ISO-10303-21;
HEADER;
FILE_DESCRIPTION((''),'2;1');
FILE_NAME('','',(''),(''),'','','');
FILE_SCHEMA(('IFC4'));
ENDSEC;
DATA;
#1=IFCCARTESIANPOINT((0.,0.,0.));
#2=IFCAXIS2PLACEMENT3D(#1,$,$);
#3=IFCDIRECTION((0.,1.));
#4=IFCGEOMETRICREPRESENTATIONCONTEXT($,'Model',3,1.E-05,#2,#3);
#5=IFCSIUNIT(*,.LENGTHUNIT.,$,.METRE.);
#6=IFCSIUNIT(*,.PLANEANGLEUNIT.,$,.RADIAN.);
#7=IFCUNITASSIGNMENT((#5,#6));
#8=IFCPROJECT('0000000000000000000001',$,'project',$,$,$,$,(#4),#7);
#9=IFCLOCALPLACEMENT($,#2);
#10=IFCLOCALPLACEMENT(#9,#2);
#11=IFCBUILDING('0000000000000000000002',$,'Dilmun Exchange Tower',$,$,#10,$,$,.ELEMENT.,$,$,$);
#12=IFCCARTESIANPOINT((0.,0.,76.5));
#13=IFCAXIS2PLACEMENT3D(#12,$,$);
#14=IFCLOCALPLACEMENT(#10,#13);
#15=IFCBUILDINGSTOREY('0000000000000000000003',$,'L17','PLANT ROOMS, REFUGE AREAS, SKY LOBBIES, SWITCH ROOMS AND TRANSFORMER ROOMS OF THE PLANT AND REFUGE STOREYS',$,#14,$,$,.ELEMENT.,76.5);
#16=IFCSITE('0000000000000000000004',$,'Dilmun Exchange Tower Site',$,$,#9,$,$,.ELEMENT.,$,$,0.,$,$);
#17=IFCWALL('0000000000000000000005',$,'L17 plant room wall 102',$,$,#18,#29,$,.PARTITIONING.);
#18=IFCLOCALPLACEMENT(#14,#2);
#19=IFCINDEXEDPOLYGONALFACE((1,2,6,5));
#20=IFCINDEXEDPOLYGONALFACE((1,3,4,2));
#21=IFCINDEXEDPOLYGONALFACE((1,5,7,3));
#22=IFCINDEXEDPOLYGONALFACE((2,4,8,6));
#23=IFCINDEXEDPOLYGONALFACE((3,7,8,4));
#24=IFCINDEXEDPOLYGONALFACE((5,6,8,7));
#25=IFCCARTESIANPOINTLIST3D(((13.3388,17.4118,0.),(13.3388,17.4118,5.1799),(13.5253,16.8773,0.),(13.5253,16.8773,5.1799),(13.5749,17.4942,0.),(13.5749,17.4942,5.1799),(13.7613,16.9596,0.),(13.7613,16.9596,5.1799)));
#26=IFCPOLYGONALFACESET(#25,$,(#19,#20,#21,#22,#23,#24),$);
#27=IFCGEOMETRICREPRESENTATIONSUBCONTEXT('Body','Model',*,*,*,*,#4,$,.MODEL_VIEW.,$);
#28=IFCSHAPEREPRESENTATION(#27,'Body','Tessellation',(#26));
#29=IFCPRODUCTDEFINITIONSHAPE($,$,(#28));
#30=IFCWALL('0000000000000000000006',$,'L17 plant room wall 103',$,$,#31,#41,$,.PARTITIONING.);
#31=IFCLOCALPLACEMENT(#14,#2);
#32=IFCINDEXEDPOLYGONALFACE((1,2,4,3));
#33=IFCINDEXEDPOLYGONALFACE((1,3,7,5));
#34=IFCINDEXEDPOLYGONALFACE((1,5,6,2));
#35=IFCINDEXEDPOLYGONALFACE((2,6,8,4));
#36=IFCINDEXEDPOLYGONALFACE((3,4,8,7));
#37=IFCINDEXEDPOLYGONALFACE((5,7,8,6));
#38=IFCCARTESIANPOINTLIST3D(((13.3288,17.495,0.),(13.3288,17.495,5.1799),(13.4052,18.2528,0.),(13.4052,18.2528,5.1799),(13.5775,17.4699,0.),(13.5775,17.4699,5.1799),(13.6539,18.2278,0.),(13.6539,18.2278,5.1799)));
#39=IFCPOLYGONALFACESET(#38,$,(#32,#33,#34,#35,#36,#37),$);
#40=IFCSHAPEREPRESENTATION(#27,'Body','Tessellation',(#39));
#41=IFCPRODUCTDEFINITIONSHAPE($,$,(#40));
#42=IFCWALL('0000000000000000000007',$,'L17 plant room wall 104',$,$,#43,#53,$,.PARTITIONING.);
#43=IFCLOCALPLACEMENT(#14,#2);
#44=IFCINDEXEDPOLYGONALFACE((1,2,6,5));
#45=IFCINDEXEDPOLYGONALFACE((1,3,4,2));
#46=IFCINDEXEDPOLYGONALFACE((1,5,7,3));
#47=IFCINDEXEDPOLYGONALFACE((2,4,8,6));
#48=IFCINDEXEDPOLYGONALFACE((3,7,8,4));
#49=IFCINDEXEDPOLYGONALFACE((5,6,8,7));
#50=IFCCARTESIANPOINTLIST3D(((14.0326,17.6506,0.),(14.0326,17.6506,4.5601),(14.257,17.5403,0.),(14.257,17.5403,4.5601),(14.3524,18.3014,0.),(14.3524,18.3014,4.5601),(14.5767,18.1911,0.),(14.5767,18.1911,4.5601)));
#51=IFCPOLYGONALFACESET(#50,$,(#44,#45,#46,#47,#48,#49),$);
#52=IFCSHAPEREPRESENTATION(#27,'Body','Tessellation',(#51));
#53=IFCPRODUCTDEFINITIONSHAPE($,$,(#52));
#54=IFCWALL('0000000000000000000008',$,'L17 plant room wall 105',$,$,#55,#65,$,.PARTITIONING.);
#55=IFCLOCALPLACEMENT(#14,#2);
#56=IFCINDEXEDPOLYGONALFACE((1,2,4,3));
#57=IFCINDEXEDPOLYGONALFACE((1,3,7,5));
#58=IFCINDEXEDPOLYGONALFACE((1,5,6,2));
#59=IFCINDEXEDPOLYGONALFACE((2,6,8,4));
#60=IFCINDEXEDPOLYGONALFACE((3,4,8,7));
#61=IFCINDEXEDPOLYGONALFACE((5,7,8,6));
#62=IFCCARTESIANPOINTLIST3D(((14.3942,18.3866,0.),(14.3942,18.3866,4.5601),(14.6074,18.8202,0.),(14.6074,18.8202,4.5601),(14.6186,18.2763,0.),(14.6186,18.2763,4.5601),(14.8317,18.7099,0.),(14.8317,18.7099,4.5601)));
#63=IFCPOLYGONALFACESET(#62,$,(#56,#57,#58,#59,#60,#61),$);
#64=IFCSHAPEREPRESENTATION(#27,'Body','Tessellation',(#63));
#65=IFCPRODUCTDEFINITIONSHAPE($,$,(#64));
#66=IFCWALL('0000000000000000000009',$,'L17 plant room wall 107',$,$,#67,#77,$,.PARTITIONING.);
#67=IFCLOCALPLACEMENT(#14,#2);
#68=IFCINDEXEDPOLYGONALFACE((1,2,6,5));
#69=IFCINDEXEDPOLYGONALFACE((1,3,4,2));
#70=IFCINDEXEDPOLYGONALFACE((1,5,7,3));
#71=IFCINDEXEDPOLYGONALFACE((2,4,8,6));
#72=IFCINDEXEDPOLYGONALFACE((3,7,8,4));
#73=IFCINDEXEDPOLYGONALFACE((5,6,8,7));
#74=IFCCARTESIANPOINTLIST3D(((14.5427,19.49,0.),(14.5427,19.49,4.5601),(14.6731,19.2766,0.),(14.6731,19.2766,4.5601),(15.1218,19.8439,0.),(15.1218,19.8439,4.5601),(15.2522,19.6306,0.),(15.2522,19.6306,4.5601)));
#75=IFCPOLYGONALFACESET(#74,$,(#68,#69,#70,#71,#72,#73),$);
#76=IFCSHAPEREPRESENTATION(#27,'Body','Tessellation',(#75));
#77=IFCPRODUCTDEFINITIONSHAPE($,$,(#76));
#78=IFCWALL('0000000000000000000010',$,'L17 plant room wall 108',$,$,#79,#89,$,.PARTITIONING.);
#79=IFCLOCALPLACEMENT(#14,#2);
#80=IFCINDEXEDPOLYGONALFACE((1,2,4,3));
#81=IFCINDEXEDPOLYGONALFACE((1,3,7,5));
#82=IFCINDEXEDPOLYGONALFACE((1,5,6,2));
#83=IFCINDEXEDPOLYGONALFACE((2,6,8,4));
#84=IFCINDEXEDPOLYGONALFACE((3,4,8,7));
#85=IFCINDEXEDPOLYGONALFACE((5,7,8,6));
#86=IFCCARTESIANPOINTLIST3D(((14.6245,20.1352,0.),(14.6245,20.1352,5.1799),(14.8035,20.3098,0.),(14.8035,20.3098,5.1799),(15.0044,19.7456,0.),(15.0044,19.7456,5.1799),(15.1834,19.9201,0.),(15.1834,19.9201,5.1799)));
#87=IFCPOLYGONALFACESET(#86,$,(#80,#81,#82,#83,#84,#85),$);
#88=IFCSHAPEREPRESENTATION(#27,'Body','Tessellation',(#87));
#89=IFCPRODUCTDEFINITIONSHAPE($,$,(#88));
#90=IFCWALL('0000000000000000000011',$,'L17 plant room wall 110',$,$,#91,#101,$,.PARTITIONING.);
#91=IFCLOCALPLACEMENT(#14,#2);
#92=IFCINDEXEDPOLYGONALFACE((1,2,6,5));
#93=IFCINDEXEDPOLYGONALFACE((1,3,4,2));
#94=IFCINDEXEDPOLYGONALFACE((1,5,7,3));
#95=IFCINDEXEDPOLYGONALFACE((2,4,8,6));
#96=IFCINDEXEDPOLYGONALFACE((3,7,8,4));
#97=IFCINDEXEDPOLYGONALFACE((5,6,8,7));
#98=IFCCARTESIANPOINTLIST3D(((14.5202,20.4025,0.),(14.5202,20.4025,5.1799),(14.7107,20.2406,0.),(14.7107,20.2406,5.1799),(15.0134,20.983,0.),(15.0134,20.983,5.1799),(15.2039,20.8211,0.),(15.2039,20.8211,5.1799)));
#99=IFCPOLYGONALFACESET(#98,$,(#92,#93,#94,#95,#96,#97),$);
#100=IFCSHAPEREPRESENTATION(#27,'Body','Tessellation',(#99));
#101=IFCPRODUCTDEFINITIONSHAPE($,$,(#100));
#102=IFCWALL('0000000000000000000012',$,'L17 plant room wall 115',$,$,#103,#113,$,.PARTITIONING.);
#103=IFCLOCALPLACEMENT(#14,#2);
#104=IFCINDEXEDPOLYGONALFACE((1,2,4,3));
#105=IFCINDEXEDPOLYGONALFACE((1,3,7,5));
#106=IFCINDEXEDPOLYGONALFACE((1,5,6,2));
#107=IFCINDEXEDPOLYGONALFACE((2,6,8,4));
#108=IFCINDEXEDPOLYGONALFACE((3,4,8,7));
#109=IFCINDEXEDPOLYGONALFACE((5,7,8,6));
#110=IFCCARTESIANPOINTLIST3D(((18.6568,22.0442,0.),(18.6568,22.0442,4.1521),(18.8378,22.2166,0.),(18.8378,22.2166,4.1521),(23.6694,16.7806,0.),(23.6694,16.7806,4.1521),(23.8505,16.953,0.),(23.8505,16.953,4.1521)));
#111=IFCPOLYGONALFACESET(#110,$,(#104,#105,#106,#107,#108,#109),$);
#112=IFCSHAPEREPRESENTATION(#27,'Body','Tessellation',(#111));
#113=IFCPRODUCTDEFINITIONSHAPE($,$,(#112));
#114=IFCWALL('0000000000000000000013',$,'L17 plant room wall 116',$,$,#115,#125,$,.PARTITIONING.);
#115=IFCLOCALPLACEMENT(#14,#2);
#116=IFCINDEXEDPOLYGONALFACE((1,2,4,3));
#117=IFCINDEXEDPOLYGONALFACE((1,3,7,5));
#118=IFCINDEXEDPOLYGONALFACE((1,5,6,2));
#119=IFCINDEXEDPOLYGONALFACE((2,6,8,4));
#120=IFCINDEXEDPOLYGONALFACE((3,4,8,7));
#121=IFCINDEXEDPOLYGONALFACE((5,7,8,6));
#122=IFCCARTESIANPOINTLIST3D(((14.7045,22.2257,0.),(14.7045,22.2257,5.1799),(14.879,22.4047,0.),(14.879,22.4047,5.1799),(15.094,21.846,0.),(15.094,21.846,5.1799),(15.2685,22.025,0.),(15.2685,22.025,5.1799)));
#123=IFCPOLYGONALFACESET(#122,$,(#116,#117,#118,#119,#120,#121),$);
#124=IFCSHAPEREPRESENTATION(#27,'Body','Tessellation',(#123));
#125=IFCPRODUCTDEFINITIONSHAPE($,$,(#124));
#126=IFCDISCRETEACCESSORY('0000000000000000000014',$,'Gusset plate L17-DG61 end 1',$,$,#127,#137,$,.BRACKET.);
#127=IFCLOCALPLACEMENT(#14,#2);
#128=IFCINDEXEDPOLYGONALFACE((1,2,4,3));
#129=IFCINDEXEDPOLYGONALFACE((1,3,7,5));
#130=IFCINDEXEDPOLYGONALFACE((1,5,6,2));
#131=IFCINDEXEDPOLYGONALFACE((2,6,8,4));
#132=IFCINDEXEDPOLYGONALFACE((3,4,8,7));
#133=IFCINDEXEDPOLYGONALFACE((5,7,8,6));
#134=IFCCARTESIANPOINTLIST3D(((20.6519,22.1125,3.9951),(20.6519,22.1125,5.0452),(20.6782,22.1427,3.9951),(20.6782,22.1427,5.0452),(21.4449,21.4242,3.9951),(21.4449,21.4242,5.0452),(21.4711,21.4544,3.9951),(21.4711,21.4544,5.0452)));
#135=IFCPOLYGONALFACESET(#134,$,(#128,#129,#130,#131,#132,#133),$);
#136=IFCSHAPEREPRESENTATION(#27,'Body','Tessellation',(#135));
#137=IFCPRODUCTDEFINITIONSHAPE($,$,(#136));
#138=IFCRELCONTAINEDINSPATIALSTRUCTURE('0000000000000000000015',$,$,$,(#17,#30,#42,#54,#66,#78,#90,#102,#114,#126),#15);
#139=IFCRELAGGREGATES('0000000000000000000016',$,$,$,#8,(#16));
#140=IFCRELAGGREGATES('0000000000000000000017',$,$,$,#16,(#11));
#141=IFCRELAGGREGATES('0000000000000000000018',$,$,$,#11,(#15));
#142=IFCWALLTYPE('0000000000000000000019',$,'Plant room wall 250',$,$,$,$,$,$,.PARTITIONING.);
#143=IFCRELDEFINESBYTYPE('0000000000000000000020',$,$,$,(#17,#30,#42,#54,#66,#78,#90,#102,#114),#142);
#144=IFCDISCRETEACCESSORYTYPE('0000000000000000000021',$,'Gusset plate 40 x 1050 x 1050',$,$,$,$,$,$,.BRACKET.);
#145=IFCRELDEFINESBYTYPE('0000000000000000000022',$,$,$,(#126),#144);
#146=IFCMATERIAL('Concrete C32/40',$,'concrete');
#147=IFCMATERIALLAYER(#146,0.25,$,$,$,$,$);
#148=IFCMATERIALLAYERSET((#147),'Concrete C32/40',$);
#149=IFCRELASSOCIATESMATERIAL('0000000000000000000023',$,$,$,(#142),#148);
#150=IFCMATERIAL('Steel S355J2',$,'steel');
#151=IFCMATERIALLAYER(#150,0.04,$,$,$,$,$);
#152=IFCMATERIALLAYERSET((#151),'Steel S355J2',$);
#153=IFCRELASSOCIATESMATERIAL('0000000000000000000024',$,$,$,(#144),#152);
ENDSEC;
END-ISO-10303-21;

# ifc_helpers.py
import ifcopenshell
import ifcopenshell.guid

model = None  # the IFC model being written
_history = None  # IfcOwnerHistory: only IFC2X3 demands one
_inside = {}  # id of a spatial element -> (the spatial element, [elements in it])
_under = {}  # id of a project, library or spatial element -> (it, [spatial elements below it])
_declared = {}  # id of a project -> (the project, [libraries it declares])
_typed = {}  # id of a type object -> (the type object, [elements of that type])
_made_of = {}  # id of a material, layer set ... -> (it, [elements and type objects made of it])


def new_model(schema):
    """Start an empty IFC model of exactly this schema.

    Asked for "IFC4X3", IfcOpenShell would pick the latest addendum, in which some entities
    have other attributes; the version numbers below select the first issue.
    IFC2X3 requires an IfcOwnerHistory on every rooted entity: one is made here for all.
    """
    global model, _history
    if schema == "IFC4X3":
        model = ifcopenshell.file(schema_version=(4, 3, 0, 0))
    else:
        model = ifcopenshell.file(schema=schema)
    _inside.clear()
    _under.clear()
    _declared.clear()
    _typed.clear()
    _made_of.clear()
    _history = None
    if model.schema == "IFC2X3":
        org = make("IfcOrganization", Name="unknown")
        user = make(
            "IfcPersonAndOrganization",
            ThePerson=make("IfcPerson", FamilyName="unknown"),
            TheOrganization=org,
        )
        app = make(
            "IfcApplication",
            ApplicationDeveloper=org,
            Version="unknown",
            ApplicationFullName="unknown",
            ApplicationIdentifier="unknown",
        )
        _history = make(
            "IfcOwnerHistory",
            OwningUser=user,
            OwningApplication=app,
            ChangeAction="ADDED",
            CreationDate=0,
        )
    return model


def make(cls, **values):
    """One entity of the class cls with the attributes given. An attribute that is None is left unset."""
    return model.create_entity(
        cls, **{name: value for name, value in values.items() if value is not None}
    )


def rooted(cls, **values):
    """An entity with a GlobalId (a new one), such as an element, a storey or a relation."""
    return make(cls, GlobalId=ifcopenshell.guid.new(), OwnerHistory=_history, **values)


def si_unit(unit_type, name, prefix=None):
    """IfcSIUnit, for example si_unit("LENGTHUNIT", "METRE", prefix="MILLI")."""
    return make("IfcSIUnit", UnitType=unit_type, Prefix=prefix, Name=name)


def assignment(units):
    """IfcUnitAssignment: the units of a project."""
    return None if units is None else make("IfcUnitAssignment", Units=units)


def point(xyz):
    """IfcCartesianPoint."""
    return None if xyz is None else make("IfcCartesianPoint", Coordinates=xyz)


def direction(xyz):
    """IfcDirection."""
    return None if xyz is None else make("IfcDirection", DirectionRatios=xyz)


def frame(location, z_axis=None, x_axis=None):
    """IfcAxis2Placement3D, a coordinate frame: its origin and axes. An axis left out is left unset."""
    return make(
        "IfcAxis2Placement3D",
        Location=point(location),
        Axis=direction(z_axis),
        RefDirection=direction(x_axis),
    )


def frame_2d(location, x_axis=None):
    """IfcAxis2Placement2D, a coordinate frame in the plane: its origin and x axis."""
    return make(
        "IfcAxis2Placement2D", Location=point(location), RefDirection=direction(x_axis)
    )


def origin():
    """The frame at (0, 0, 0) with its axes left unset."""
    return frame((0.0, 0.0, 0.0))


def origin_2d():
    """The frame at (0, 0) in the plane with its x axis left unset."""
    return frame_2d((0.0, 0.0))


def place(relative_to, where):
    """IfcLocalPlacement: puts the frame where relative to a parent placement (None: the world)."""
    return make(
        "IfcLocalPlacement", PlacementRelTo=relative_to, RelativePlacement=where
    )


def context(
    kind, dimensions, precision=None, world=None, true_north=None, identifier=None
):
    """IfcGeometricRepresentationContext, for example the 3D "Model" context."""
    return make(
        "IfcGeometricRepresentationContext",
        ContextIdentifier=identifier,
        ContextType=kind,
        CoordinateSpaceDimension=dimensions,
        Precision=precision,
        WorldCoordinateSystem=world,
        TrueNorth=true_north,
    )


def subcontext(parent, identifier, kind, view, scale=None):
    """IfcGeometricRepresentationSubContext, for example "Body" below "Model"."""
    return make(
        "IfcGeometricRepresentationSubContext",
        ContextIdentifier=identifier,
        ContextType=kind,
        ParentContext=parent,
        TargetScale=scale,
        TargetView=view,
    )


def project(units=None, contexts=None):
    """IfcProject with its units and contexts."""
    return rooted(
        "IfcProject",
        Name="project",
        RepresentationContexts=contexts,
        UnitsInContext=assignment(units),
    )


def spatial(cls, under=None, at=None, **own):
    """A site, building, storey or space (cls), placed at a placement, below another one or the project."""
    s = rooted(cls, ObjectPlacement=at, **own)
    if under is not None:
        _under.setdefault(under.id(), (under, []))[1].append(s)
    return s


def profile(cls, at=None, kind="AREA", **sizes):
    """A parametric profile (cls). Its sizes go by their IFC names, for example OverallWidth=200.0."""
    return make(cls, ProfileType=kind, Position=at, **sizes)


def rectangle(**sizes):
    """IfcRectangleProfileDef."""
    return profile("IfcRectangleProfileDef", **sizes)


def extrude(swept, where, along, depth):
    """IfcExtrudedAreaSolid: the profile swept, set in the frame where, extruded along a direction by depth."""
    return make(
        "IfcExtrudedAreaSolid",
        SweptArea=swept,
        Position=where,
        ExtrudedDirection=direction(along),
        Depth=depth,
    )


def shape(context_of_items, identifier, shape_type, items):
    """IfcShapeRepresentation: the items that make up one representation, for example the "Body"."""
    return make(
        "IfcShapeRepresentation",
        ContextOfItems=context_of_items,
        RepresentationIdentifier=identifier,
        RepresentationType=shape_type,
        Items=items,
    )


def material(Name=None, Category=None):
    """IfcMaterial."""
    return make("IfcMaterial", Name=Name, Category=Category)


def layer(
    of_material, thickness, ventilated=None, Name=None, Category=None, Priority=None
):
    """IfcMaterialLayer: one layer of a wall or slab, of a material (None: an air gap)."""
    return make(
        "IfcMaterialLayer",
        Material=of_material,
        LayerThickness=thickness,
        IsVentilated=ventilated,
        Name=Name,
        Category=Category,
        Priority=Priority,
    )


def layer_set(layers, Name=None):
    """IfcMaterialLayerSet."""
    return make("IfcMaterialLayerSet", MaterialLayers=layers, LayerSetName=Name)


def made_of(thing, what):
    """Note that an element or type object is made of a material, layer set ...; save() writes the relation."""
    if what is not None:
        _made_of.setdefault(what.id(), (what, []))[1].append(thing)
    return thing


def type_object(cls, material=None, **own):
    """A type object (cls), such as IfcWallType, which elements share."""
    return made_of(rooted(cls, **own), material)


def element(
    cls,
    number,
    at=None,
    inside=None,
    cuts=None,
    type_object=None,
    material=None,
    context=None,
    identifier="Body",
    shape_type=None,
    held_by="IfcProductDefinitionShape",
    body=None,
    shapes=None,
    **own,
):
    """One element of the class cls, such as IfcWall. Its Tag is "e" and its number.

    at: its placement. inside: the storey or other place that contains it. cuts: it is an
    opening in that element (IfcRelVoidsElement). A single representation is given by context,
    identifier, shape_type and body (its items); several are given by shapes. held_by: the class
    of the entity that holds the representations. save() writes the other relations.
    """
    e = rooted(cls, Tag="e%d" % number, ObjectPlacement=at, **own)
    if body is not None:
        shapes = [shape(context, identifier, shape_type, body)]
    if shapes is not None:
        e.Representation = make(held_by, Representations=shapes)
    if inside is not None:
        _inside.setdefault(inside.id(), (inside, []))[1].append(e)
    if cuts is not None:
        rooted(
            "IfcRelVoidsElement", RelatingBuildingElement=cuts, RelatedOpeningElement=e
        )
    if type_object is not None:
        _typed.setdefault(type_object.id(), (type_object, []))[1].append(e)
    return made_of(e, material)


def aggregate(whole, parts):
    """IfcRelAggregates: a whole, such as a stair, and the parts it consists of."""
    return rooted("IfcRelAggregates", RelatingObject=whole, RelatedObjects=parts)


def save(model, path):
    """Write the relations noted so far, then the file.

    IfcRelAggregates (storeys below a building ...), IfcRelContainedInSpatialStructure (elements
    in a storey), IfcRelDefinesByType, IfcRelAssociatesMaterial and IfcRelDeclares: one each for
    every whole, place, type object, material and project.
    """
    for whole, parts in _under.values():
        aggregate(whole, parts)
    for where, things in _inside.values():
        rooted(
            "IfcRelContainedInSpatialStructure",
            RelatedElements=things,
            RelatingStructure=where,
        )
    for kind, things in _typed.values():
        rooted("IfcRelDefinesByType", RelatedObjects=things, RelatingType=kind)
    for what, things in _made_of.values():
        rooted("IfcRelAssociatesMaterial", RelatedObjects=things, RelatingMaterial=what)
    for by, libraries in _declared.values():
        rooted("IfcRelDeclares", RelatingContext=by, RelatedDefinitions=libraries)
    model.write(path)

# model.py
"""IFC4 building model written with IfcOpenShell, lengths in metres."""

from ifc_helpers import new_model, si_unit, direction, frame, frame_2d, origin, origin_2d, place, context, subcontext, project, spatial, rectangle, extrude, material, layer, layer_set, type_object, element, save


model = new_model("IFC4")

# Units and contexts
model_context = context("Model", 3, precision=1e-05, world=origin(), true_north=direction((0.0, 1.0)))
body_context = subcontext(model_context, "Body", "Model", "MODEL_VIEW")
ifc_project = project(units=[si_unit("LENGTHUNIT", "METRE"), si_unit("PLANEANGLEUNIT", "RADIAN")], contexts=[model_context])

# Site, building, storey
site_placement = place(None, origin())
site = spatial("IfcSite", under=ifc_project, at=site_placement, Name="Dilmun Exchange Tower Site", CompositionType="ELEMENT", RefElevation=0.0)
building_placement = place(site_placement, origin())
building = spatial("IfcBuilding", under=site, at=building_placement, Name="Dilmun Exchange Tower", CompositionType="ELEMENT")
storey_placement = place(building_placement, frame((0.0, 0.0, 76.5)))
storey = spatial("IfcBuildingStorey", under=building, at=storey_placement, Name="L17", Description="PLANT ROOMS, REFUGE AREAS, SKY LOBBIES, SWITCH ROOMS AND TRANSFORMER ROOMS OF THE PLANT AND REFUGE STOREYS", CompositionType="ELEMENT", Elevation=76.5)

# Walls
ifc_material_1 = material(Name="Concrete C32/40", Category="concrete")
ifc_layer_1 = layer(ifc_material_1, 0.25)
ifc_layer_set_1 = layer_set([ifc_layer_1], Name="Concrete C32/40")
wall_type = type_object("IfcWallType", Name="Plant room wall 250", PredefinedType="PARTITIONING", material=ifc_layer_set_1)
wall_1_placement = place(storey_placement, frame((13.4568, 17.4531, 0.0), z_axis=(0.0, 0.0, 1.0), x_axis=(0.32939, -0.944194, 0.0)))
element("IfcWall", 1, at=wall_1_placement, inside=storey, type_object=wall_type, Name="L17 plant room wall 102", PredefinedType="PARTITIONING", context=body_context, shape_type="SweptSolid", body=[
    extrude(rectangle(XDim=0.5662, YDim=0.25, at=frame_2d((0.2832, 0.0))), origin(), (0.0, 0.0, 1.0), 5.1799),
])
wall_2_placement = place(storey_placement, frame((13.4531, 17.4824, 0.0), z_axis=(0.0, 0.0, 1.0), x_axis=(0.100329, 0.994954, 0.0)))
element("IfcWall", 2, at=wall_2_placement, inside=storey, type_object=wall_type, Name="L17 plant room wall 103", PredefinedType="PARTITIONING", context=body_context, shape_type="SweptSolid", body=[
    extrude(rectangle(XDim=0.7617, YDim=0.25, at=frame_2d((0.3809, 0.0))), origin(), (0.0, 0.0, 1.0), 5.1799),
])
wall_3_placement = place(storey_placement, frame((14.1448, 17.5955, 0.0), z_axis=(0.0, 0.0, 1.0), x_axis=(0.441009, 0.897503, 0.0)))
element("IfcWall", 3, at=wall_3_placement, inside=storey, type_object=wall_type, Name="L17 plant room wall 104", PredefinedType="PARTITIONING", context=body_context, shape_type="SweptSolid", body=[
    extrude(rectangle(XDim=0.7251, YDim=0.25, at=frame_2d((0.3625, 0.0))), origin(), (0.0, 0.0, 1.0), 4.5601),
])
wall_4_placement = place(storey_placement, frame((14.5063, 18.3313, 0.0), z_axis=(0.0, 0.0, 1.0), x_axis=(0.44114, 0.897439, 0.0)))
element("IfcWall", 4, at=wall_4_placement, inside=storey, type_object=wall_type, Name="L17 plant room wall 105", PredefinedType="PARTITIONING", context=body_context, shape_type="SweptSolid", body=[
    extrude(rectangle(XDim=0.4832, YDim=0.25, at=frame_2d((0.2417, 0.0))), origin(), (0.0, 0.0, 1.0), 4.5601),
])
wall_5_placement = place(storey_placement, frame((14.6079, 19.3833, 0.0), z_axis=(0.0, 0.0, 1.0), x_axis=(0.853211, 0.521566, 0.0)))
element("IfcWall", 5, at=wall_5_placement, inside=storey, type_object=wall_type, Name="L17 plant room wall 107", PredefinedType="PARTITIONING", context=body_context, shape_type="SweptSolid", body=[
    extrude(rectangle(XDim=0.6787, YDim=0.25, at=frame_2d((0.3394, 0.0))), origin(), (0.0, 0.0, 1.0), 4.5601),
])
wall_6_placement = place(storey_placement, frame((14.7141, 20.2224, 0.0), z_axis=(0.0, 0.0, 1.0), x_axis=(0.698077, -0.716023, 0.0)))
element("IfcWall", 6, at=wall_6_placement, inside=storey, type_object=wall_type, Name="L17 plant room wall 108", PredefinedType="PARTITIONING", context=body_context, shape_type="SweptSolid", body=[
    extrude(rectangle(XDim=0.5442, YDim=0.25, at=frame_2d((0.272, 0.0))), origin(), (0.0, 0.0, 1.0), 5.1799),
])
wall_7_placement = place(storey_placement, frame((14.6155, 20.3215, 0.0), z_axis=(0.0, 0.0, 1.0), x_axis=(0.647407, 0.762145, 0.0)))
element("IfcWall", 7, at=wall_7_placement, inside=storey, type_object=wall_type, Name="L17 plant room wall 110", PredefinedType="PARTITIONING", context=body_context, shape_type="SweptSolid", body=[
    extrude(rectangle(XDim=0.7617, YDim=0.25, at=frame_2d((0.3809, 0.0))), origin(), (0.0, 0.0, 1.0), 5.1799),
])
wall_8_placement = place(storey_placement, frame((18.7473, 22.1304, 0.0), z_axis=(0.0, 0.0, 1.0), x_axis=(0.689632, -0.72416, 0.0)))
element("IfcWall", 8, at=wall_8_placement, inside=storey, type_object=wall_type, Name="L17 plant room wall 115", PredefinedType="PARTITIONING", context=body_context, shape_type="SweptSolid", body=[
    extrude(rectangle(XDim=7.2686, YDim=0.25, at=frame_2d((3.6343, 0.0))), origin(), (0.0, 0.0, 1.0), 4.1521),
])
wall_9_placement = place(storey_placement, frame((14.7917, 22.3152, 0.0), z_axis=(0.0, 0.0, 1.0), x_axis=(0.716028, -0.698071, 0.0)))
element("IfcWall", 9, at=wall_9_placement, inside=storey, type_object=wall_type, Name="L17 plant room wall 116", PredefinedType="PARTITIONING", context=body_context, shape_type="SweptSolid", body=[
    extrude(rectangle(XDim=0.5439, YDim=0.25, at=frame_2d((0.272, 0.0))), origin(), (0.0, 0.0, 1.0), 5.1799),
])

# Discrete accessory
ifc_material_2 = material(Name="Steel S355J2", Category="steel")
ifc_layer_2 = layer(ifc_material_2, 0.04)
ifc_layer_set_2 = layer_set([ifc_layer_2], Name="Steel S355J2")
discrete_accessory_type = type_object("IfcDiscreteAccessoryType", Name="Gusset plate 40 x 1050 x 1050", PredefinedType="BRACKET", material=ifc_layer_set_2)
discrete_accessory_placement = place(storey_placement, frame((21.0615, 21.7834, 3.9951), z_axis=(0.0, 0.0, 1.0), x_axis=(-0.755189, 0.655507, 0.0)))
element("IfcDiscreteAccessory", 10, at=discrete_accessory_placement, inside=storey, type_object=discrete_accessory_type, Name="Gusset plate L17-DG61 end 1", PredefinedType="BRACKET", context=body_context, shape_type="SweptSolid", body=[
    extrude(rectangle(XDim=1.05, YDim=0.04, at=origin_2d()), origin(), (0.0, 0.0, 1.0), 1.05),
])

save(model, "model.ifc")
